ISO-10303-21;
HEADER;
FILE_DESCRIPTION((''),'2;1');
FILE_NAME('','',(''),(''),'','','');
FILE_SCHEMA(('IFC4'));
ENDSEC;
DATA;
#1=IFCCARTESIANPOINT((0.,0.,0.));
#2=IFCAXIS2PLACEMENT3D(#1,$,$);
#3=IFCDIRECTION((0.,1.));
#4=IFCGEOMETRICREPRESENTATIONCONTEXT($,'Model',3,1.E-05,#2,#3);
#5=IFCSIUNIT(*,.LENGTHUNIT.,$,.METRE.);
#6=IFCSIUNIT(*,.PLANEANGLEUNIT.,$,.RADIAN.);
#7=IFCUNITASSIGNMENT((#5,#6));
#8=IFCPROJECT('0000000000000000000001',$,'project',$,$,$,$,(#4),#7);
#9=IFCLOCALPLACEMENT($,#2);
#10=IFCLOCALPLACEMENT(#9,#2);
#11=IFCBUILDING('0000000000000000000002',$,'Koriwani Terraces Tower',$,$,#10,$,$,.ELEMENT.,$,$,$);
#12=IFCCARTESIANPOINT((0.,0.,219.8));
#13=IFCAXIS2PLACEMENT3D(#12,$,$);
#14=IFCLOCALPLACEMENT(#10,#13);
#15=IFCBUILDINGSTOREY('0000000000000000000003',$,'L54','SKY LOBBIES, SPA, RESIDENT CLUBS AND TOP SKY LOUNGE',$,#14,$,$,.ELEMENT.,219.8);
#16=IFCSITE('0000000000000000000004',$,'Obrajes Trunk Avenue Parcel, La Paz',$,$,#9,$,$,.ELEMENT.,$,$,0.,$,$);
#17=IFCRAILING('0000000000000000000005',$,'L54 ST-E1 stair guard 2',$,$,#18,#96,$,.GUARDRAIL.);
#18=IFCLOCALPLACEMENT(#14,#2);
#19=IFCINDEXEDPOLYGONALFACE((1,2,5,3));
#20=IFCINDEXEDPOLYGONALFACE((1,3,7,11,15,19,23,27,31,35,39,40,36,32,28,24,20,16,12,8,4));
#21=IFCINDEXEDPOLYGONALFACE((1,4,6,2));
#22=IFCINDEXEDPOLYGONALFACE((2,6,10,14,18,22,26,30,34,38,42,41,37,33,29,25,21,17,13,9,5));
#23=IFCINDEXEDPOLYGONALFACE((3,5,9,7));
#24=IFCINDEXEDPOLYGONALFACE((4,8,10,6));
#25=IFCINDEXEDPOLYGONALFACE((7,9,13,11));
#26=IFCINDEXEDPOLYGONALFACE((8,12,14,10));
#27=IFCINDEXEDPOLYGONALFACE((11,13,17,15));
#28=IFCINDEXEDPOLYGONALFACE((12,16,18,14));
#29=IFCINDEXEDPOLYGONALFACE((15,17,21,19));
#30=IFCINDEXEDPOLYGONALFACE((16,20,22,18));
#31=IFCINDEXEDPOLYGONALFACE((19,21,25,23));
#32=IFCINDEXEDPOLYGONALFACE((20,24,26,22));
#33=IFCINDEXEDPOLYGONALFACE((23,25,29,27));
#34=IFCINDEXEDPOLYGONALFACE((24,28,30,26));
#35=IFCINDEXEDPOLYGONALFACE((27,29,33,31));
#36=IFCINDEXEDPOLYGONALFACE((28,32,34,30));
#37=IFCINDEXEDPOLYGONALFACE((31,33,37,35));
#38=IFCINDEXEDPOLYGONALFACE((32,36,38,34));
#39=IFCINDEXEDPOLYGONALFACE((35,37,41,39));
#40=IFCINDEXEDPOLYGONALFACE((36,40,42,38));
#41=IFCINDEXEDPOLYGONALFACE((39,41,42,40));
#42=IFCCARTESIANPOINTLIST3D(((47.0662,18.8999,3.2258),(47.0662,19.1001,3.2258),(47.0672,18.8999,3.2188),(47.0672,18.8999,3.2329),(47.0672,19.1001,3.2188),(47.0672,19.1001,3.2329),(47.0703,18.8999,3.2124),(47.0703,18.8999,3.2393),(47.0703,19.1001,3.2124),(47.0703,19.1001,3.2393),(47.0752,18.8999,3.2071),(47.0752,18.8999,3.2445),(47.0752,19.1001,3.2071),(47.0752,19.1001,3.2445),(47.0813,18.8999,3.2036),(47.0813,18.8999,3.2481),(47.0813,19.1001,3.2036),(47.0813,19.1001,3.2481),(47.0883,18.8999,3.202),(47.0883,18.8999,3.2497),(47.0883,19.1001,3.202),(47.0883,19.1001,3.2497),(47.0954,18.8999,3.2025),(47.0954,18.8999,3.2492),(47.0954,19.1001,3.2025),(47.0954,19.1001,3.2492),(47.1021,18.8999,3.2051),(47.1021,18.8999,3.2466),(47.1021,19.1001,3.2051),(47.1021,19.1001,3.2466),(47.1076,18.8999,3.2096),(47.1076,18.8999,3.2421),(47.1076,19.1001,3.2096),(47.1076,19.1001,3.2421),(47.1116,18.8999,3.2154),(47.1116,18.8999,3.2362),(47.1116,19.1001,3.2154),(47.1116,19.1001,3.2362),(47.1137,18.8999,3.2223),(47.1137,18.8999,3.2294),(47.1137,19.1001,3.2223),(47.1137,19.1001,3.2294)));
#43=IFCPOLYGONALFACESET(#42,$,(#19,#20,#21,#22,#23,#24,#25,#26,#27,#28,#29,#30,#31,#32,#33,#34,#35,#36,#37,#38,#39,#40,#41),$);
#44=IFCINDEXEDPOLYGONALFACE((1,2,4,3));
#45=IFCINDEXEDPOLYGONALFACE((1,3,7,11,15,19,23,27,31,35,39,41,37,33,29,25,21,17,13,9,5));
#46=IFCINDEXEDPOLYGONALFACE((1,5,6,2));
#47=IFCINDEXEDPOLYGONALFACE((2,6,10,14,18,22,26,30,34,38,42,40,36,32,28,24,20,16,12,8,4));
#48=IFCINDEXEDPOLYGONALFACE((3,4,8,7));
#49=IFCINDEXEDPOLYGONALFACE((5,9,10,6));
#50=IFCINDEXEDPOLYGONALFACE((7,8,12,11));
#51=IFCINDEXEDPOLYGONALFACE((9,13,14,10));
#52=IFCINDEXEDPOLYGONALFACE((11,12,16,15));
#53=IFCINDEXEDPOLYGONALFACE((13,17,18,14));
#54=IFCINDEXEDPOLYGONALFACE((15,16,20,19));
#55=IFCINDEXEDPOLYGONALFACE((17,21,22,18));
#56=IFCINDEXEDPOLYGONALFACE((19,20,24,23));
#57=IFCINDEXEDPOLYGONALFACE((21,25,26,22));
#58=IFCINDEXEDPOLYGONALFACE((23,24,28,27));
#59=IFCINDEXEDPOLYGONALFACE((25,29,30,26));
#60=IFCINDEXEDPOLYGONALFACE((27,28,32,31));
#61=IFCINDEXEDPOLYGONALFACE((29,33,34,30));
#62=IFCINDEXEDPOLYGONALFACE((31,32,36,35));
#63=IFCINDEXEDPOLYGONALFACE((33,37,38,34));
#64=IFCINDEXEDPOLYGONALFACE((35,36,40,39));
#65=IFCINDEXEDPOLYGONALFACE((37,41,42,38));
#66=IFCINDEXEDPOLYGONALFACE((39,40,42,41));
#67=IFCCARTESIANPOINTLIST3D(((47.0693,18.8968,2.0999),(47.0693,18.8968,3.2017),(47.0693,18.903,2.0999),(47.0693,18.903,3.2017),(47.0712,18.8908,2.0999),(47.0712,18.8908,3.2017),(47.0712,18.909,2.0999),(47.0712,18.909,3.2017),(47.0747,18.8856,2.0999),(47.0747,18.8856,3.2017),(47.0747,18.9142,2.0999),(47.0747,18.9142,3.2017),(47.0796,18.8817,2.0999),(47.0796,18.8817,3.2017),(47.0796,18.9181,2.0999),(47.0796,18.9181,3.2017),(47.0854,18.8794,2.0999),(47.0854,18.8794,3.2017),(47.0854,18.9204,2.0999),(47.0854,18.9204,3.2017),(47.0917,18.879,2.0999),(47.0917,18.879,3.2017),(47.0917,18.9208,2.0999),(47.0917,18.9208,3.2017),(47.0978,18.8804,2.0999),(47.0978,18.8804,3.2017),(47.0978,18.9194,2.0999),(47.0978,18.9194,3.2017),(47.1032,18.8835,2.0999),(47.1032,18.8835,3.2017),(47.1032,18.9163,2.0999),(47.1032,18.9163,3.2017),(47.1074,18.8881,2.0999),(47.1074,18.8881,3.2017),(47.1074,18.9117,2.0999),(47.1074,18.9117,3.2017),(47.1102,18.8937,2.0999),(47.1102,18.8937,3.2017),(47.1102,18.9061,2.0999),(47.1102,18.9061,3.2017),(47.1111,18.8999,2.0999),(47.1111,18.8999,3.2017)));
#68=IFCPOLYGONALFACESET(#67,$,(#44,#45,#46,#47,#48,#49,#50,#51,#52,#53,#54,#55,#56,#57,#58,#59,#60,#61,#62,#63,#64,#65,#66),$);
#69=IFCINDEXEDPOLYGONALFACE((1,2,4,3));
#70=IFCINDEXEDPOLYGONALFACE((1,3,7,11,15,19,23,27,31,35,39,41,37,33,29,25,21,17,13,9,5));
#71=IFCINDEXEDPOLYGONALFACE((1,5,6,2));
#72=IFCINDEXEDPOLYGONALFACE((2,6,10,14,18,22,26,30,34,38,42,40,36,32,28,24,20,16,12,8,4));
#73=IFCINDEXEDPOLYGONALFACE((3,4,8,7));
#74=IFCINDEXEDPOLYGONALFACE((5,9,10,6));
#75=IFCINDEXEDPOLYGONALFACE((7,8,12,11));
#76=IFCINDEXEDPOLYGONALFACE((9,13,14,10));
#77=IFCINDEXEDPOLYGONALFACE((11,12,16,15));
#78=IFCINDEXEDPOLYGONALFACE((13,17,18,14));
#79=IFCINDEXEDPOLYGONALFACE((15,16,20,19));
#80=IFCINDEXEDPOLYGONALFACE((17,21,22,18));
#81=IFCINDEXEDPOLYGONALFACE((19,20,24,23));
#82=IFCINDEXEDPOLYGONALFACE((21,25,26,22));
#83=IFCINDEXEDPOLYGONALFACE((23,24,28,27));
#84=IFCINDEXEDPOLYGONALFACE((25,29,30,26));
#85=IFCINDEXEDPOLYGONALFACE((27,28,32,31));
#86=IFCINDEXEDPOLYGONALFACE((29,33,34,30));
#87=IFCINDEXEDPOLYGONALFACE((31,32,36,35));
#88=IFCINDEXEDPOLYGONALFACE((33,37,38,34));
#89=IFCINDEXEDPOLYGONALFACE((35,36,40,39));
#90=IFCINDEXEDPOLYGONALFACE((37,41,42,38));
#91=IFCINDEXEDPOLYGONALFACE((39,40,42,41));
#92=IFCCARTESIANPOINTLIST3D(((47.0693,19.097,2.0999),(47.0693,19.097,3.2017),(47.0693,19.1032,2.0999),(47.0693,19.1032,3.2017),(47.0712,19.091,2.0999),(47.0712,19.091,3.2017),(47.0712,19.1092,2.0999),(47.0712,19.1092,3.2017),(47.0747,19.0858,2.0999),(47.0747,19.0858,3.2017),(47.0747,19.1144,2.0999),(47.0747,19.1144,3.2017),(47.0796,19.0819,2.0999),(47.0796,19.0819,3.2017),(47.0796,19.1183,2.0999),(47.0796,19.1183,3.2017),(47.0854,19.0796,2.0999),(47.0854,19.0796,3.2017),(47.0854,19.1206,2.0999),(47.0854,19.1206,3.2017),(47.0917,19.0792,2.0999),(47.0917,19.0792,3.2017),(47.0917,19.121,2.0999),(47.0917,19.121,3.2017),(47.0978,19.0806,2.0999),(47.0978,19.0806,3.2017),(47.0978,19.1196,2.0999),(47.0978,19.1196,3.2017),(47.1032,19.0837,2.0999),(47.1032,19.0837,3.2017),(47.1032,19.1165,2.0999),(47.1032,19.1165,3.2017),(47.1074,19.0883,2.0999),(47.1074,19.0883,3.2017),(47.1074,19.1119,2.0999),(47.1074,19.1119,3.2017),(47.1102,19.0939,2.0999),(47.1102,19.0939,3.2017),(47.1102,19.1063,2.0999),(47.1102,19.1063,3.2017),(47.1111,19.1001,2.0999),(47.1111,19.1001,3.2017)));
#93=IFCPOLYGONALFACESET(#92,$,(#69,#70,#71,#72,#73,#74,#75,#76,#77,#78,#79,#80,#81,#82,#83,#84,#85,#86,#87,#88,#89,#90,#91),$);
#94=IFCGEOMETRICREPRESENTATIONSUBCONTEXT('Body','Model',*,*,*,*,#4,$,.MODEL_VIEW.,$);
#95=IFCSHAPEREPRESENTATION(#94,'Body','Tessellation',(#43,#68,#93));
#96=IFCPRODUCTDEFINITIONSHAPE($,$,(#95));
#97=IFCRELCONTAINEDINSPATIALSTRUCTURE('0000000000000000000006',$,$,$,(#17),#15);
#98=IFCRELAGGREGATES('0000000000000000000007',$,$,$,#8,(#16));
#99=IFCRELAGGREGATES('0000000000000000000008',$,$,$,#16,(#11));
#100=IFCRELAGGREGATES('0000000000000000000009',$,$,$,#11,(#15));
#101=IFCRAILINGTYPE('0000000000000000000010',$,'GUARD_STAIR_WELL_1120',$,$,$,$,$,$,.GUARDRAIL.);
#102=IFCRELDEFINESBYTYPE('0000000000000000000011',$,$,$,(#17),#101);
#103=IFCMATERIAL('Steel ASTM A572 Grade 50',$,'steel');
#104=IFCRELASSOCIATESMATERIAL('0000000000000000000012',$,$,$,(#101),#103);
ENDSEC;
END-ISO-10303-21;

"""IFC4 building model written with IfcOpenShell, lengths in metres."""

from ifc_helpers import new_model, si_unit, direction, frame, origin, origin_2d, place, context, subcontext, project, spatial, circle, extrude, material, type_object, element, save


model = new_model("IFC4")

# Units and contexts
model_context = context("Model", 3, precision=1e-05, world=origin(), true_north=direction((0.0, 1.0)))
body_context = subcontext(model_context, "Body", "Model", "MODEL_VIEW")
ifc_project = project(units=[si_unit("LENGTHUNIT", "METRE"), si_unit("PLANEANGLEUNIT", "RADIAN")], contexts=[model_context])

# Site, building, storey
site_placement = place(None, origin())
site = spatial("IfcSite", under=ifc_project, at=site_placement, Name="Obrajes Trunk Avenue Parcel, La Paz", CompositionType="ELEMENT", RefElevation=0.0)
building_placement = place(site_placement, origin())
building = spatial("IfcBuilding", under=site, at=building_placement, Name="Koriwani Terraces Tower", CompositionType="ELEMENT")
storey_placement = place(building_placement, frame((0.0, 0.0, 219.8)))
storey = spatial("IfcBuildingStorey", under=building, at=storey_placement, Name="L54", Description="SKY LOBBIES, SPA, RESIDENT CLUBS AND TOP SKY LOUNGE", CompositionType="ELEMENT", Elevation=219.8)

# Shared definitions
ifc_material_1 = material(Name="Steel ASTM A572 Grade 50", Category="steel")

# Railing
railing_type_1 = type_object("IfcRailingType", Name="GUARD_STAIR_WELL_1120", PredefinedType="GUARDRAIL", material=ifc_material_1)
railing_1_placement = place(storey_placement, frame((47.0901, 18.8999, 2.0999)))
element("IfcRailing", 1, at=railing_1_placement, inside=storey, type_object=railing_type_1, Name="L54 ST-E1 stair guard 2", PredefinedType="GUARDRAIL", context=body_context, shape_type="SweptSolid", body=[
    extrude(circle(Radius=0.0239, at=origin_2d()), frame((0.0, 0.0, 1.126), z_axis=(0.0, 1.0, 0.0), x_axis=(-1.0, 0.0, 0.0)), (0.0, 0.0, 1.0), 0.2002),
    extrude(circle(Radius=0.021, at=origin_2d()), origin(), (0.0, 0.0, 1.0), 1.1018),
    extrude(circle(Radius=0.021, at=origin_2d()), frame((0.0, 0.2002, 0.0)), (0.0, 0.0, 1.0), 1.1018),
])

save(model, "model.ifc")
